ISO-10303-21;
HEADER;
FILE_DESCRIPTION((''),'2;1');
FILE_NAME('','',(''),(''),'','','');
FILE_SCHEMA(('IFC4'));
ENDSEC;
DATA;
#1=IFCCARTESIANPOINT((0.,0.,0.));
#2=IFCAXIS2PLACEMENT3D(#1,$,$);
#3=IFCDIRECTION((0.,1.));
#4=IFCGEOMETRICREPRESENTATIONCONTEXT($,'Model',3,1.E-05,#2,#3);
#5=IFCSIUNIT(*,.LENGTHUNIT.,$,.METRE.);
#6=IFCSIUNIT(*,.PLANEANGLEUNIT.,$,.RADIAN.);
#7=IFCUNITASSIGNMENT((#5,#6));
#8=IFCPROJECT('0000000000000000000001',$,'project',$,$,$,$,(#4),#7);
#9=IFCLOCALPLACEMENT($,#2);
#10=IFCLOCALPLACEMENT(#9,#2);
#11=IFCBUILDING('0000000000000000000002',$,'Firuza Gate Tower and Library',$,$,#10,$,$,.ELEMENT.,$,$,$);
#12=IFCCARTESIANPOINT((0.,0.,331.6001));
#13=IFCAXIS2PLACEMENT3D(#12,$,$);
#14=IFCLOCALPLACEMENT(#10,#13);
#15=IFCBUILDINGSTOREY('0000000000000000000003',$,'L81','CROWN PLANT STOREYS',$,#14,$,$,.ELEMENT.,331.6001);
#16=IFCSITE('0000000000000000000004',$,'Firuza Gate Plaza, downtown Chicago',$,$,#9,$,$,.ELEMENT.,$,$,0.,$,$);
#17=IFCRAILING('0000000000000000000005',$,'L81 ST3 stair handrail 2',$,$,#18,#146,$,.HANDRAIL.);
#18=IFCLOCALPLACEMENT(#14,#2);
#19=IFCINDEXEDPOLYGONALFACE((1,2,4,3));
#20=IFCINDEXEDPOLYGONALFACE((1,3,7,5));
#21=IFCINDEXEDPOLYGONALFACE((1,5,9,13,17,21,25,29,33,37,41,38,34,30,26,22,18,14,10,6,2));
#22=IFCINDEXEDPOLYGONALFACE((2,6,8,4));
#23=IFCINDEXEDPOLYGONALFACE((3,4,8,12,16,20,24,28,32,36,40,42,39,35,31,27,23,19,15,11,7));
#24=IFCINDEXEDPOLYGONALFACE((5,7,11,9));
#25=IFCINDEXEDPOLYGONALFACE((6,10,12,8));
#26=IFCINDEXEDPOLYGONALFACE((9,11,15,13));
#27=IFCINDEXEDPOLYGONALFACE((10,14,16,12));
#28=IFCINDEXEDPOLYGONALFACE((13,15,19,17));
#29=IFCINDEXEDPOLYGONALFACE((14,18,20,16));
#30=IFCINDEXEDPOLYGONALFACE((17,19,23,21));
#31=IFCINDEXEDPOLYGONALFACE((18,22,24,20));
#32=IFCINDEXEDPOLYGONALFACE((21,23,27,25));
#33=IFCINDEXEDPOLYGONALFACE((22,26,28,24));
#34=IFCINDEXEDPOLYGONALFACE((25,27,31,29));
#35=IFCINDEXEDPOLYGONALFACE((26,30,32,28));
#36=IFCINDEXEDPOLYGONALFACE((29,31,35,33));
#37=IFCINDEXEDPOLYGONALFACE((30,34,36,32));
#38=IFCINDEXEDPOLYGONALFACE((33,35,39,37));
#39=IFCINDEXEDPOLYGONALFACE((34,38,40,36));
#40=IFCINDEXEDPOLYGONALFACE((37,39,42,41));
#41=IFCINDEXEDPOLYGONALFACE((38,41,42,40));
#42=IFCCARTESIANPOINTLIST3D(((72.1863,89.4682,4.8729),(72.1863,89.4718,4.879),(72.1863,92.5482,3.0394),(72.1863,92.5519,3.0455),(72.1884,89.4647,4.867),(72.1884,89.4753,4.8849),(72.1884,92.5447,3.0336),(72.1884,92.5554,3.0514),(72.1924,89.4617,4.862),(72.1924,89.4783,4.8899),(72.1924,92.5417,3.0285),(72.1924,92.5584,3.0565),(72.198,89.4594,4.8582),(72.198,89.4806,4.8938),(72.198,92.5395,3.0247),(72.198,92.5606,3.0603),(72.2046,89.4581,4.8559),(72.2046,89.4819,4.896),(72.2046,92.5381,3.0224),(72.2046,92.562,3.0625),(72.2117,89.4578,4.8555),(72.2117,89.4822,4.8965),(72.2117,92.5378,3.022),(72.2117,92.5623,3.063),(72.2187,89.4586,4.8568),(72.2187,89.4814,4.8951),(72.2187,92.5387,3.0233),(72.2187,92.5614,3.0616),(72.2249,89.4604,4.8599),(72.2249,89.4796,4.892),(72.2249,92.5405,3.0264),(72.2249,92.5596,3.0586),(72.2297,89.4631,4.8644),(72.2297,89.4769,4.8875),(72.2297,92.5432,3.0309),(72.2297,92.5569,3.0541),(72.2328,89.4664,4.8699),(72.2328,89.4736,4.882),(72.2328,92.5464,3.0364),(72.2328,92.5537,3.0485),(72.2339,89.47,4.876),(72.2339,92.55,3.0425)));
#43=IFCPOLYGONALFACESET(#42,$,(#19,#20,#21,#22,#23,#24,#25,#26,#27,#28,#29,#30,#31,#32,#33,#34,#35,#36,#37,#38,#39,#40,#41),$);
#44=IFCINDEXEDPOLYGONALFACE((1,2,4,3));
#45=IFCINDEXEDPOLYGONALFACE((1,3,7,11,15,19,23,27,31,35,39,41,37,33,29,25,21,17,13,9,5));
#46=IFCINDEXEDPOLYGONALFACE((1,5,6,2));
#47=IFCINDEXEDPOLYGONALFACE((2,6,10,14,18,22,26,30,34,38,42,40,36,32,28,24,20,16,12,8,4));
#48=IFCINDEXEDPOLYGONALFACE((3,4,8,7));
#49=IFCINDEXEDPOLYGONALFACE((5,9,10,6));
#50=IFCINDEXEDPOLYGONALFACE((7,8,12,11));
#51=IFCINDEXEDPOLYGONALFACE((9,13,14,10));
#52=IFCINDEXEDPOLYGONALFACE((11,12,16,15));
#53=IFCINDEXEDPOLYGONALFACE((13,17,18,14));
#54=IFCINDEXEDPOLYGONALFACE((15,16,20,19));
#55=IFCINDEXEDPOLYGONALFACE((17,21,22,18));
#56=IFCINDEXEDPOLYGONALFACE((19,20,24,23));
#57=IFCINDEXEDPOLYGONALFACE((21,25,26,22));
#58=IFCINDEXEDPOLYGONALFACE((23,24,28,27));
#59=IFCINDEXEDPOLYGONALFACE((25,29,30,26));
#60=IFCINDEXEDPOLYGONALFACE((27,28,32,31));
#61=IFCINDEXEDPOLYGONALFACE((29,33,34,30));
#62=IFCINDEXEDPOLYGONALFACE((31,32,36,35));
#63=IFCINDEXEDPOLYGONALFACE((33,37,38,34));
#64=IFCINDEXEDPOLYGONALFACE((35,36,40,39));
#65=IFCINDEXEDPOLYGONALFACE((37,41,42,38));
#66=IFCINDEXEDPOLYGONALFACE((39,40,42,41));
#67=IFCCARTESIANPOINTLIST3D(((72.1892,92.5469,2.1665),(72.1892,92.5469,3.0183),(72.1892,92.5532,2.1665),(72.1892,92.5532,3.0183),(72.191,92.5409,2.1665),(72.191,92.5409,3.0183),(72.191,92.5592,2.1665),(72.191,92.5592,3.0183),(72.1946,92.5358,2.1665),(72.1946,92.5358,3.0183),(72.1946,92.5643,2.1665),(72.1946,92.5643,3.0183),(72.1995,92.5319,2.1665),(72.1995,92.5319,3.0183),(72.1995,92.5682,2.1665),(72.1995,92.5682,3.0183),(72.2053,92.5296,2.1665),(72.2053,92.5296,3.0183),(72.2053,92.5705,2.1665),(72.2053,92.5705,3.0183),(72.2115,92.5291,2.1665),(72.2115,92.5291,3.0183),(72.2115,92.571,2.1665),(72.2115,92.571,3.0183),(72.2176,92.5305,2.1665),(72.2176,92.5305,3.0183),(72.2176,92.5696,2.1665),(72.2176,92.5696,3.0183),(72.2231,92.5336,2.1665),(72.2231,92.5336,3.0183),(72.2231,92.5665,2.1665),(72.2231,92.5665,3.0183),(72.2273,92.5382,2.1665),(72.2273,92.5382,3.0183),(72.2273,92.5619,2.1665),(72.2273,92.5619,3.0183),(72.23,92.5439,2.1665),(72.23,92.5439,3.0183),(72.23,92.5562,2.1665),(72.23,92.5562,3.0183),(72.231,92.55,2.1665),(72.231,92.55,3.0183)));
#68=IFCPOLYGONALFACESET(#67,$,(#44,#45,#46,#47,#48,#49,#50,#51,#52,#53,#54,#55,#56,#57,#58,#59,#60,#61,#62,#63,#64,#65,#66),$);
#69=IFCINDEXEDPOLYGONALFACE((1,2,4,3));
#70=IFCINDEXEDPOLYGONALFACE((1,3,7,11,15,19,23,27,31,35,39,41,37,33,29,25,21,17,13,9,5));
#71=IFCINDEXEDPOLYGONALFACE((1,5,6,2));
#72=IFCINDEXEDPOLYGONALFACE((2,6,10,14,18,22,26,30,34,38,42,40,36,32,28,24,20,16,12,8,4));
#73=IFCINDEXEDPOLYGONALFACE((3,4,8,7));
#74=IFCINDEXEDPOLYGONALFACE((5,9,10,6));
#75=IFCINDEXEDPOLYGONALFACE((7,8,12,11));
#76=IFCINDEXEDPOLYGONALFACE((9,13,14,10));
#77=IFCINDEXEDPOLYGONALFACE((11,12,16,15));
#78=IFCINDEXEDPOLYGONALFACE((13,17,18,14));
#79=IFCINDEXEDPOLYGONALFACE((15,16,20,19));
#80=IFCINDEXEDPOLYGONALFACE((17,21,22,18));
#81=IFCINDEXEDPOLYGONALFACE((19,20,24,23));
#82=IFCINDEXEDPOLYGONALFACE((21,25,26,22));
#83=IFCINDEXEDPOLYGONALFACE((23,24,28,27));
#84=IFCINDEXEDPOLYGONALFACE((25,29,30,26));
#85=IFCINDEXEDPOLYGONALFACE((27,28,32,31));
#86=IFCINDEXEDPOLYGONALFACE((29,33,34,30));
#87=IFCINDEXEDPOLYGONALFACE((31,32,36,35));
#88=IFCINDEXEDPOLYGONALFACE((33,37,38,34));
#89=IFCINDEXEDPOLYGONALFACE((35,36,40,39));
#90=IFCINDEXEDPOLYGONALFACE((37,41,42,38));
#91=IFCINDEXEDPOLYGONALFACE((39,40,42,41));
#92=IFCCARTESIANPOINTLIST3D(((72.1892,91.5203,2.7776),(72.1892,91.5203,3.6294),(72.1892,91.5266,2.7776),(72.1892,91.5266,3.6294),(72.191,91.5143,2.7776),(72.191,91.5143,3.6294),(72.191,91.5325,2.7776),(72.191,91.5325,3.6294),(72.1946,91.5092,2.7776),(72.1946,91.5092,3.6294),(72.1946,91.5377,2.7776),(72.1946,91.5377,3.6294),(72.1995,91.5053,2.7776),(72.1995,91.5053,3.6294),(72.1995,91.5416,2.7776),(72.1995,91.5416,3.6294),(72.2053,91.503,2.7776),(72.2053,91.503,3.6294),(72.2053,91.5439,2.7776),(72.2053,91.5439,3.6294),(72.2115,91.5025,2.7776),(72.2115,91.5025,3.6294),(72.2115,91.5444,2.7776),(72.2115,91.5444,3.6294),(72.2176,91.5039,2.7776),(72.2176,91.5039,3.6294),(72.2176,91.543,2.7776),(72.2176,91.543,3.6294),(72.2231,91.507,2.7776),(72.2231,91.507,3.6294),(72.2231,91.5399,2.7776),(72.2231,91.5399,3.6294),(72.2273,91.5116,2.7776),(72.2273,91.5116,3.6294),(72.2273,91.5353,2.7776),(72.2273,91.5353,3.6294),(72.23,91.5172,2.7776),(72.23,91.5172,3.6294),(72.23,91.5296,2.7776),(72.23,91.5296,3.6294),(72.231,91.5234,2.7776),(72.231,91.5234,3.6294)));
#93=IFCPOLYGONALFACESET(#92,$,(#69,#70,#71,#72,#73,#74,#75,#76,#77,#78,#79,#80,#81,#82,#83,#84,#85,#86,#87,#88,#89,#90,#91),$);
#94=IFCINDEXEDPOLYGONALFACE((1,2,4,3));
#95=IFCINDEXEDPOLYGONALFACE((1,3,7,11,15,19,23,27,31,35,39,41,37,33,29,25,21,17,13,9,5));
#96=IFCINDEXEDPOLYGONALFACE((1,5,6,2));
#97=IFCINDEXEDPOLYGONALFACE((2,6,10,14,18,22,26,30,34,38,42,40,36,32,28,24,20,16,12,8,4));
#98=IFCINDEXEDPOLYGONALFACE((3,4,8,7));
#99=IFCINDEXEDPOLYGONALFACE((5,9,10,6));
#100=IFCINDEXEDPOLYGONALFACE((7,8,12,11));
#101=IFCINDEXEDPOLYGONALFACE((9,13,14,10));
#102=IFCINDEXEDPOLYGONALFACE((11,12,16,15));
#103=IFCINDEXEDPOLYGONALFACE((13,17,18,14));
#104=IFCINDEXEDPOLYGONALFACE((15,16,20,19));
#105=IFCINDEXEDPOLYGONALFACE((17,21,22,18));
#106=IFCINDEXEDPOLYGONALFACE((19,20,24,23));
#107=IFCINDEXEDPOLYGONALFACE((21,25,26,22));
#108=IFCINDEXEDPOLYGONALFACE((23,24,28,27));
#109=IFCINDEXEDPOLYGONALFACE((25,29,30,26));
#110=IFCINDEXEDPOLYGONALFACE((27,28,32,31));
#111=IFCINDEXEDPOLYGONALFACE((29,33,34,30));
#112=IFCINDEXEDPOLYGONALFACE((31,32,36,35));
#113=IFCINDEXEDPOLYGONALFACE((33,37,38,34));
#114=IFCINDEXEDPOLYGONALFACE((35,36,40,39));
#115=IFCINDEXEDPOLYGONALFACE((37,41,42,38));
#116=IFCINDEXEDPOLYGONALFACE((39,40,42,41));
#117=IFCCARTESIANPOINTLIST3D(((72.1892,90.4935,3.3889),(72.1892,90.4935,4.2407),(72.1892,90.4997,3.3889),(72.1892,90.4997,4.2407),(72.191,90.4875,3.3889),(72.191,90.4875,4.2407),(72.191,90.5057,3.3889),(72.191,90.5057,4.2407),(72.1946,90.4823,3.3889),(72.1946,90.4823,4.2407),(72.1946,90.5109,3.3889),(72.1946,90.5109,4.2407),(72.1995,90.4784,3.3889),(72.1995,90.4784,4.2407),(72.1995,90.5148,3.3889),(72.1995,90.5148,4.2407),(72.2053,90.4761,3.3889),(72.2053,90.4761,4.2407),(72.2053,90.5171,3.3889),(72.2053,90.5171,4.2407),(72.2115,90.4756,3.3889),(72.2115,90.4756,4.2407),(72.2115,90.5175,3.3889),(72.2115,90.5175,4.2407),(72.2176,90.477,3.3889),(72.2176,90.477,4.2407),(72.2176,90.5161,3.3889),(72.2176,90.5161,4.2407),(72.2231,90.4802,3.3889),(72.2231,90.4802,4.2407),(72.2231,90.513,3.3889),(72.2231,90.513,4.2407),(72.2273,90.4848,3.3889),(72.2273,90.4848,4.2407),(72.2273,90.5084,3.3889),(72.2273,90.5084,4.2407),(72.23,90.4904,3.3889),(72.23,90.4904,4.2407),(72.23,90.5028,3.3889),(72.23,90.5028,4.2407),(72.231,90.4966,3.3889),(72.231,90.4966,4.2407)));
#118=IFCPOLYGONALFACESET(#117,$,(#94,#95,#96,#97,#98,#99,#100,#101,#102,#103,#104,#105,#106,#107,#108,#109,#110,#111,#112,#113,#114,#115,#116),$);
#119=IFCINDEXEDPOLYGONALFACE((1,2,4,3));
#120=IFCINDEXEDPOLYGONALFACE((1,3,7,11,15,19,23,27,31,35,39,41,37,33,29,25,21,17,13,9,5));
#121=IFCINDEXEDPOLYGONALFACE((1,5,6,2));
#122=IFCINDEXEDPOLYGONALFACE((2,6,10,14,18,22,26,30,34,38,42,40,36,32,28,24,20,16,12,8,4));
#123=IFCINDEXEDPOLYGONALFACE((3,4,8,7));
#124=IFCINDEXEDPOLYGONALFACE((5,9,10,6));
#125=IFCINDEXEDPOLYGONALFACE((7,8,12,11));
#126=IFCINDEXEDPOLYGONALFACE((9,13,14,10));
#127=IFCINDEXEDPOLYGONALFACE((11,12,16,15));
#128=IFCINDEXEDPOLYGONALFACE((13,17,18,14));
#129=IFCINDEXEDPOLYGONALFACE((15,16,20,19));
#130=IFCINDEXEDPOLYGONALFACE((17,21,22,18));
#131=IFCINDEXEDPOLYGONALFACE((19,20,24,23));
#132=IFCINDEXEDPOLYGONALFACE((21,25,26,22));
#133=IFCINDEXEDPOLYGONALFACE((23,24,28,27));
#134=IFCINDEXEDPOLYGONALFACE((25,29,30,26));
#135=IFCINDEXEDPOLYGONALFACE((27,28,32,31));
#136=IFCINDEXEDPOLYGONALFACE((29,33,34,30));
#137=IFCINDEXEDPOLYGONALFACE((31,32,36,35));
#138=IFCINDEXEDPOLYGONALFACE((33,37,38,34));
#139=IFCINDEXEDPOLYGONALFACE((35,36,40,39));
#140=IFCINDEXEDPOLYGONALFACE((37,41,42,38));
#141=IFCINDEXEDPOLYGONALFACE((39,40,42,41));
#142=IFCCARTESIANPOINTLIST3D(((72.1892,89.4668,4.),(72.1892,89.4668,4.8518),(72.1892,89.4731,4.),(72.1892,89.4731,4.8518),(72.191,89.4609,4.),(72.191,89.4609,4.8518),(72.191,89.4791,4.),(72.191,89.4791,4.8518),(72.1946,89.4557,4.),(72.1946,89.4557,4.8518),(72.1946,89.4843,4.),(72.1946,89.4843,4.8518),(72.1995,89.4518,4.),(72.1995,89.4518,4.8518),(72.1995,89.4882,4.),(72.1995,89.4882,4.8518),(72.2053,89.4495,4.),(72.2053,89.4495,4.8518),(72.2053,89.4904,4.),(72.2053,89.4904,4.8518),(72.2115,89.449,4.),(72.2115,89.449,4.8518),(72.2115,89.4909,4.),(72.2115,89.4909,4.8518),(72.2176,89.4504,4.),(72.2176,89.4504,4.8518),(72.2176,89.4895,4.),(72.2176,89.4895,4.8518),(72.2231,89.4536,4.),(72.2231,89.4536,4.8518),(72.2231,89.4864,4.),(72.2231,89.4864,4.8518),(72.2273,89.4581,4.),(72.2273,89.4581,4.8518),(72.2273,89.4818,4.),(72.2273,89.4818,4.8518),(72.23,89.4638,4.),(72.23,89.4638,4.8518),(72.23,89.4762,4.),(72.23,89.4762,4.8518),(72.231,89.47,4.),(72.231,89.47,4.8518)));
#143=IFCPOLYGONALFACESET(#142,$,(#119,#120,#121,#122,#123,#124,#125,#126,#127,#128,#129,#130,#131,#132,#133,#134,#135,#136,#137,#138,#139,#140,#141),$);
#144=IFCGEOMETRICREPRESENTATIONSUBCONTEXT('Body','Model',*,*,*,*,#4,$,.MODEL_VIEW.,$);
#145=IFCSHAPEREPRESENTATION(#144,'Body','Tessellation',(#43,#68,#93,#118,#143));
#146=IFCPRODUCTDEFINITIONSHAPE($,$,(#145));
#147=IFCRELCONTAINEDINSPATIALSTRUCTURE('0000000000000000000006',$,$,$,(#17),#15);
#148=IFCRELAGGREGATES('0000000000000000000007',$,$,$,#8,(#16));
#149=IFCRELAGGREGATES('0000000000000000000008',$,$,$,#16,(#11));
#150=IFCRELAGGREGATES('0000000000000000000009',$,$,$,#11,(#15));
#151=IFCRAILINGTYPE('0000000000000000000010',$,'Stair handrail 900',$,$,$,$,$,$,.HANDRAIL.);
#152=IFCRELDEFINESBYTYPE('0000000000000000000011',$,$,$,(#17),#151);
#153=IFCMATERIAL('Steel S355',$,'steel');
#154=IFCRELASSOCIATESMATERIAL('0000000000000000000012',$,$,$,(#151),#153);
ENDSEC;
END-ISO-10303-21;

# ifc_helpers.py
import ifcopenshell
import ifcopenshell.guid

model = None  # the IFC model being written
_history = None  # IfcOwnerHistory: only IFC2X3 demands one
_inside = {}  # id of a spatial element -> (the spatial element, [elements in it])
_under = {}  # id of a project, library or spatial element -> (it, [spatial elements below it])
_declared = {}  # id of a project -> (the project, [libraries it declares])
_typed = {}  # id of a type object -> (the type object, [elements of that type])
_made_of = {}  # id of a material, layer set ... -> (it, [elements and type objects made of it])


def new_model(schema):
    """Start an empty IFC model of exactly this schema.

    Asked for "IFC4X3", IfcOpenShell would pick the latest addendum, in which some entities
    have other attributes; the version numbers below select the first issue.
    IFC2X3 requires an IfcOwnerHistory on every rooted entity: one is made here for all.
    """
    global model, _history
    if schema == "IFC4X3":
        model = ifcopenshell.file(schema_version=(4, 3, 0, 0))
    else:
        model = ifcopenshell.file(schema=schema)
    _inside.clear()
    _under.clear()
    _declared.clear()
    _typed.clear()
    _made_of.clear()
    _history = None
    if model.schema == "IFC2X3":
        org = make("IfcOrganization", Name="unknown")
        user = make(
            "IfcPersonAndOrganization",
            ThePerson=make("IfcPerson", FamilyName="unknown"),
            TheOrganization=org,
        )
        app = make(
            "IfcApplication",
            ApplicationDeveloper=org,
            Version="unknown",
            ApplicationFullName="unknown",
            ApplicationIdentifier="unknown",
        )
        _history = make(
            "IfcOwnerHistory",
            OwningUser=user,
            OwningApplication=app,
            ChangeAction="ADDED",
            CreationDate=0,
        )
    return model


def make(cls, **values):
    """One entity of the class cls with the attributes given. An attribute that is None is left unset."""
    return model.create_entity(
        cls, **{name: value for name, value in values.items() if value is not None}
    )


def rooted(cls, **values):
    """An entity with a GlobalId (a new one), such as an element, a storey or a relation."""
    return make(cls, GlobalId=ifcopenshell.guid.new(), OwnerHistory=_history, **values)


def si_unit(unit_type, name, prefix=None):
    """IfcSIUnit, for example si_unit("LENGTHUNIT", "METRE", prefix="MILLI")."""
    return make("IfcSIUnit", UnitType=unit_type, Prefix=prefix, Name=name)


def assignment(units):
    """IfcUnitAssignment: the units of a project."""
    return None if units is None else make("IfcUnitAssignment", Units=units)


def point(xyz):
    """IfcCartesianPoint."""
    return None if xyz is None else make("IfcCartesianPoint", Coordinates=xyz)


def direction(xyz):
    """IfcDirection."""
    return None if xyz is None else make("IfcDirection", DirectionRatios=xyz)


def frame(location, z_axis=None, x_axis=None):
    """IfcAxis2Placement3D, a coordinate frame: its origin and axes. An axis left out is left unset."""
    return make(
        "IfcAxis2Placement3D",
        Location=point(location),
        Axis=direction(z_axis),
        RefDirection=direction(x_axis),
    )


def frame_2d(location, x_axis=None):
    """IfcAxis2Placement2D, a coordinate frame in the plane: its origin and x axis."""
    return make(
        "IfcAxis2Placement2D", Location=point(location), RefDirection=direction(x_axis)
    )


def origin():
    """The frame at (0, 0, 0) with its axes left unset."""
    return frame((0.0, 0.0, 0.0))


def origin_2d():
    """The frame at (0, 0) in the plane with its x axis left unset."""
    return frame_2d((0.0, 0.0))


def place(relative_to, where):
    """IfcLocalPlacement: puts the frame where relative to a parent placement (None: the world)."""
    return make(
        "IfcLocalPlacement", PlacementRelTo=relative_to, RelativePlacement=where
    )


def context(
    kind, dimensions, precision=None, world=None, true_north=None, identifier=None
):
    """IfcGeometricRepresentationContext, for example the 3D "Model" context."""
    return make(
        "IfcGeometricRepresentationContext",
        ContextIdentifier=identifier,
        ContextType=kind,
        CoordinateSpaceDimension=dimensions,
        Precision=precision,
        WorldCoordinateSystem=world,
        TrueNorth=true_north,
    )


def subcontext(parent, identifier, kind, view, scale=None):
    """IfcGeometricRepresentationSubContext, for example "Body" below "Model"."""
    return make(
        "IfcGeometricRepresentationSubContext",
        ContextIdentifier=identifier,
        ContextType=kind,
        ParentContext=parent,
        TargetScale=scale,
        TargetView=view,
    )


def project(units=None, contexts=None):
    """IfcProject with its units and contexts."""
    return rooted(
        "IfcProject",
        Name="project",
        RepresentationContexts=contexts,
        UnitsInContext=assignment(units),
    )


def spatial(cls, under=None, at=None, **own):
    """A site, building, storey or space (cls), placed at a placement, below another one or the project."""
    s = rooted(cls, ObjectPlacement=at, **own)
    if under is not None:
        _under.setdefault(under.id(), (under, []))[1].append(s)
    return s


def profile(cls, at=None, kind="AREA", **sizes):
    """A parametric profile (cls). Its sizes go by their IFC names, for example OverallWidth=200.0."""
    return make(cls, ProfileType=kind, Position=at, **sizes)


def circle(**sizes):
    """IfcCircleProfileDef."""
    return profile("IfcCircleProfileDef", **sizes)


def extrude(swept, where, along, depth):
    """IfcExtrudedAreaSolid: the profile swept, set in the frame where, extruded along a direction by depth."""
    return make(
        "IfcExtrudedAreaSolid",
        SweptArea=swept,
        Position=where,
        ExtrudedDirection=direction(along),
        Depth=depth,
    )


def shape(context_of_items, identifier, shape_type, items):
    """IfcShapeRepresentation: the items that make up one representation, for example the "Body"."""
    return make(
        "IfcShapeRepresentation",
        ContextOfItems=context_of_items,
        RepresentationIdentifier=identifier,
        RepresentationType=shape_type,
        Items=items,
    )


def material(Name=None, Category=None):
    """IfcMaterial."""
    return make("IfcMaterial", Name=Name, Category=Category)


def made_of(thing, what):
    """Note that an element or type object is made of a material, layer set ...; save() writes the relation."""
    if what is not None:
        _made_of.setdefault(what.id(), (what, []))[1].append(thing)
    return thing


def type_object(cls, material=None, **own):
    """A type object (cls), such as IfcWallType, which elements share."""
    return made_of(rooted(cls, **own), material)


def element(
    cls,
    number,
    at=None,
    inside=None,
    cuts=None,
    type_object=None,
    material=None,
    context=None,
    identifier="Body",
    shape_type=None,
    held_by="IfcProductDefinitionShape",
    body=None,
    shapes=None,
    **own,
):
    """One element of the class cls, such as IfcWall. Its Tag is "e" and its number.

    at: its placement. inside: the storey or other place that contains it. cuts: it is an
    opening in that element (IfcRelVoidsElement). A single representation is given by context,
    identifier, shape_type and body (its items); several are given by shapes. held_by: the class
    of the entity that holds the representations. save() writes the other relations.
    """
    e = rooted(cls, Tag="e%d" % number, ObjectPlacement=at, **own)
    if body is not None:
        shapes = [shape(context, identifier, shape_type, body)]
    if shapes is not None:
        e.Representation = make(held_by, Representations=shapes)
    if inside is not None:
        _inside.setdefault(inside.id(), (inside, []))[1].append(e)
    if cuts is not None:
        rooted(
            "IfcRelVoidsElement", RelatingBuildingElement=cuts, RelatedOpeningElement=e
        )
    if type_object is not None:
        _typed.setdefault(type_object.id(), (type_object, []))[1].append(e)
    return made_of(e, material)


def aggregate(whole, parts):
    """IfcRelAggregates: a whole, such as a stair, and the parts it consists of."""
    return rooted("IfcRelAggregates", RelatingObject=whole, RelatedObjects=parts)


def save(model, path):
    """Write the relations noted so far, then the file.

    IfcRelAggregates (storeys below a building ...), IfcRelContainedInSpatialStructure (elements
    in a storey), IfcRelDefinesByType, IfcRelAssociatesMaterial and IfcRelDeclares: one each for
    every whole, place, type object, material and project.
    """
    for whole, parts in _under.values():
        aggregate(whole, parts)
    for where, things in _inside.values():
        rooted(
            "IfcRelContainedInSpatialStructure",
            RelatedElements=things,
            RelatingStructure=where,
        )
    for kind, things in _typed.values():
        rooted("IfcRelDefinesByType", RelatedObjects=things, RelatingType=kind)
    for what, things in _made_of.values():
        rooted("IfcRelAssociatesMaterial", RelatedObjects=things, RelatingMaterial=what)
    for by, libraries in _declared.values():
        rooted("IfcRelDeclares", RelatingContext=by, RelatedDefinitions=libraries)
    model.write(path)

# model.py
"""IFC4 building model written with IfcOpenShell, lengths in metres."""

from ifc_helpers import new_model, si_unit, direction, frame, origin, origin_2d, place, context, subcontext, project, spatial, circle, extrude, material, type_object, element, save


model = new_model("IFC4")

# Units and contexts
model_context = context("Model", 3, precision=1e-05, world=origin(), true_north=direction((0.0, 1.0)))
body_context = subcontext(model_context, "Body", "Model", "MODEL_VIEW")
ifc_project = project(units=[si_unit("LENGTHUNIT", "METRE"), si_unit("PLANEANGLEUNIT", "RADIAN")], contexts=[model_context])

# Site, building, storey
site_placement = place(None, origin())
site = spatial("IfcSite", under=ifc_project, at=site_placement, Name="Firuza Gate Plaza, downtown Chicago", CompositionType="ELEMENT", RefElevation=0.0)
building_placement = place(site_placement, origin())
building = spatial("IfcBuilding", under=site, at=building_placement, Name="Firuza Gate Tower and Library", CompositionType="ELEMENT")
storey_placement = place(building_placement, frame((0.0, 0.0, 331.6001)))
storey = spatial("IfcBuildingStorey", under=building, at=storey_placement, Name="L81", Description="CROWN PLANT STOREYS", CompositionType="ELEMENT", Elevation=331.6001)

# Railing
ifc_material_1 = material(Name="Steel S355", Category="steel")
railing_type_1 = type_object("IfcRailingType", Name="Stair handrail 900", PredefinedType="HANDRAIL", material=ifc_material_1)
railing_1_placement = place(storey_placement, frame((72.21, 92.55, 2.1665)))
element("IfcRailing", 1, at=railing_1_placement, inside=storey, type_object=railing_type_1, Name="L81 ST3 stair handrail 2", PredefinedType="HANDRAIL", context=body_context, shape_type="SweptSolid", body=[
    extrude(circle(Radius=0.0239, at=origin_2d()), frame((0.0, 0.0, 0.876), z_axis=(0.0, -0.859279, 0.511508), x_axis=(1.0, 0.0, 0.0)), (0.0, 0.0, 1.0), 3.5845),
    extrude(circle(Radius=0.021, at=origin_2d()), origin(), (0.0, 0.0, 1.0), 0.8518),
    extrude(circle(Radius=0.021, at=origin_2d()), frame((0.0, -1.0266, 0.6111)), (0.0, 0.0, 1.0), 0.8518),
    extrude(circle(Radius=0.021, at=origin_2d()), frame((0.0, -2.0535, 1.2224)), (0.0, 0.0, 1.0), 0.8518),
    extrude(circle(Radius=0.021, at=origin_2d()), frame((0.0, -3.0801, 1.8335)), (0.0, 0.0, 1.0), 0.8518),
])

save(model, "model.ifc")
